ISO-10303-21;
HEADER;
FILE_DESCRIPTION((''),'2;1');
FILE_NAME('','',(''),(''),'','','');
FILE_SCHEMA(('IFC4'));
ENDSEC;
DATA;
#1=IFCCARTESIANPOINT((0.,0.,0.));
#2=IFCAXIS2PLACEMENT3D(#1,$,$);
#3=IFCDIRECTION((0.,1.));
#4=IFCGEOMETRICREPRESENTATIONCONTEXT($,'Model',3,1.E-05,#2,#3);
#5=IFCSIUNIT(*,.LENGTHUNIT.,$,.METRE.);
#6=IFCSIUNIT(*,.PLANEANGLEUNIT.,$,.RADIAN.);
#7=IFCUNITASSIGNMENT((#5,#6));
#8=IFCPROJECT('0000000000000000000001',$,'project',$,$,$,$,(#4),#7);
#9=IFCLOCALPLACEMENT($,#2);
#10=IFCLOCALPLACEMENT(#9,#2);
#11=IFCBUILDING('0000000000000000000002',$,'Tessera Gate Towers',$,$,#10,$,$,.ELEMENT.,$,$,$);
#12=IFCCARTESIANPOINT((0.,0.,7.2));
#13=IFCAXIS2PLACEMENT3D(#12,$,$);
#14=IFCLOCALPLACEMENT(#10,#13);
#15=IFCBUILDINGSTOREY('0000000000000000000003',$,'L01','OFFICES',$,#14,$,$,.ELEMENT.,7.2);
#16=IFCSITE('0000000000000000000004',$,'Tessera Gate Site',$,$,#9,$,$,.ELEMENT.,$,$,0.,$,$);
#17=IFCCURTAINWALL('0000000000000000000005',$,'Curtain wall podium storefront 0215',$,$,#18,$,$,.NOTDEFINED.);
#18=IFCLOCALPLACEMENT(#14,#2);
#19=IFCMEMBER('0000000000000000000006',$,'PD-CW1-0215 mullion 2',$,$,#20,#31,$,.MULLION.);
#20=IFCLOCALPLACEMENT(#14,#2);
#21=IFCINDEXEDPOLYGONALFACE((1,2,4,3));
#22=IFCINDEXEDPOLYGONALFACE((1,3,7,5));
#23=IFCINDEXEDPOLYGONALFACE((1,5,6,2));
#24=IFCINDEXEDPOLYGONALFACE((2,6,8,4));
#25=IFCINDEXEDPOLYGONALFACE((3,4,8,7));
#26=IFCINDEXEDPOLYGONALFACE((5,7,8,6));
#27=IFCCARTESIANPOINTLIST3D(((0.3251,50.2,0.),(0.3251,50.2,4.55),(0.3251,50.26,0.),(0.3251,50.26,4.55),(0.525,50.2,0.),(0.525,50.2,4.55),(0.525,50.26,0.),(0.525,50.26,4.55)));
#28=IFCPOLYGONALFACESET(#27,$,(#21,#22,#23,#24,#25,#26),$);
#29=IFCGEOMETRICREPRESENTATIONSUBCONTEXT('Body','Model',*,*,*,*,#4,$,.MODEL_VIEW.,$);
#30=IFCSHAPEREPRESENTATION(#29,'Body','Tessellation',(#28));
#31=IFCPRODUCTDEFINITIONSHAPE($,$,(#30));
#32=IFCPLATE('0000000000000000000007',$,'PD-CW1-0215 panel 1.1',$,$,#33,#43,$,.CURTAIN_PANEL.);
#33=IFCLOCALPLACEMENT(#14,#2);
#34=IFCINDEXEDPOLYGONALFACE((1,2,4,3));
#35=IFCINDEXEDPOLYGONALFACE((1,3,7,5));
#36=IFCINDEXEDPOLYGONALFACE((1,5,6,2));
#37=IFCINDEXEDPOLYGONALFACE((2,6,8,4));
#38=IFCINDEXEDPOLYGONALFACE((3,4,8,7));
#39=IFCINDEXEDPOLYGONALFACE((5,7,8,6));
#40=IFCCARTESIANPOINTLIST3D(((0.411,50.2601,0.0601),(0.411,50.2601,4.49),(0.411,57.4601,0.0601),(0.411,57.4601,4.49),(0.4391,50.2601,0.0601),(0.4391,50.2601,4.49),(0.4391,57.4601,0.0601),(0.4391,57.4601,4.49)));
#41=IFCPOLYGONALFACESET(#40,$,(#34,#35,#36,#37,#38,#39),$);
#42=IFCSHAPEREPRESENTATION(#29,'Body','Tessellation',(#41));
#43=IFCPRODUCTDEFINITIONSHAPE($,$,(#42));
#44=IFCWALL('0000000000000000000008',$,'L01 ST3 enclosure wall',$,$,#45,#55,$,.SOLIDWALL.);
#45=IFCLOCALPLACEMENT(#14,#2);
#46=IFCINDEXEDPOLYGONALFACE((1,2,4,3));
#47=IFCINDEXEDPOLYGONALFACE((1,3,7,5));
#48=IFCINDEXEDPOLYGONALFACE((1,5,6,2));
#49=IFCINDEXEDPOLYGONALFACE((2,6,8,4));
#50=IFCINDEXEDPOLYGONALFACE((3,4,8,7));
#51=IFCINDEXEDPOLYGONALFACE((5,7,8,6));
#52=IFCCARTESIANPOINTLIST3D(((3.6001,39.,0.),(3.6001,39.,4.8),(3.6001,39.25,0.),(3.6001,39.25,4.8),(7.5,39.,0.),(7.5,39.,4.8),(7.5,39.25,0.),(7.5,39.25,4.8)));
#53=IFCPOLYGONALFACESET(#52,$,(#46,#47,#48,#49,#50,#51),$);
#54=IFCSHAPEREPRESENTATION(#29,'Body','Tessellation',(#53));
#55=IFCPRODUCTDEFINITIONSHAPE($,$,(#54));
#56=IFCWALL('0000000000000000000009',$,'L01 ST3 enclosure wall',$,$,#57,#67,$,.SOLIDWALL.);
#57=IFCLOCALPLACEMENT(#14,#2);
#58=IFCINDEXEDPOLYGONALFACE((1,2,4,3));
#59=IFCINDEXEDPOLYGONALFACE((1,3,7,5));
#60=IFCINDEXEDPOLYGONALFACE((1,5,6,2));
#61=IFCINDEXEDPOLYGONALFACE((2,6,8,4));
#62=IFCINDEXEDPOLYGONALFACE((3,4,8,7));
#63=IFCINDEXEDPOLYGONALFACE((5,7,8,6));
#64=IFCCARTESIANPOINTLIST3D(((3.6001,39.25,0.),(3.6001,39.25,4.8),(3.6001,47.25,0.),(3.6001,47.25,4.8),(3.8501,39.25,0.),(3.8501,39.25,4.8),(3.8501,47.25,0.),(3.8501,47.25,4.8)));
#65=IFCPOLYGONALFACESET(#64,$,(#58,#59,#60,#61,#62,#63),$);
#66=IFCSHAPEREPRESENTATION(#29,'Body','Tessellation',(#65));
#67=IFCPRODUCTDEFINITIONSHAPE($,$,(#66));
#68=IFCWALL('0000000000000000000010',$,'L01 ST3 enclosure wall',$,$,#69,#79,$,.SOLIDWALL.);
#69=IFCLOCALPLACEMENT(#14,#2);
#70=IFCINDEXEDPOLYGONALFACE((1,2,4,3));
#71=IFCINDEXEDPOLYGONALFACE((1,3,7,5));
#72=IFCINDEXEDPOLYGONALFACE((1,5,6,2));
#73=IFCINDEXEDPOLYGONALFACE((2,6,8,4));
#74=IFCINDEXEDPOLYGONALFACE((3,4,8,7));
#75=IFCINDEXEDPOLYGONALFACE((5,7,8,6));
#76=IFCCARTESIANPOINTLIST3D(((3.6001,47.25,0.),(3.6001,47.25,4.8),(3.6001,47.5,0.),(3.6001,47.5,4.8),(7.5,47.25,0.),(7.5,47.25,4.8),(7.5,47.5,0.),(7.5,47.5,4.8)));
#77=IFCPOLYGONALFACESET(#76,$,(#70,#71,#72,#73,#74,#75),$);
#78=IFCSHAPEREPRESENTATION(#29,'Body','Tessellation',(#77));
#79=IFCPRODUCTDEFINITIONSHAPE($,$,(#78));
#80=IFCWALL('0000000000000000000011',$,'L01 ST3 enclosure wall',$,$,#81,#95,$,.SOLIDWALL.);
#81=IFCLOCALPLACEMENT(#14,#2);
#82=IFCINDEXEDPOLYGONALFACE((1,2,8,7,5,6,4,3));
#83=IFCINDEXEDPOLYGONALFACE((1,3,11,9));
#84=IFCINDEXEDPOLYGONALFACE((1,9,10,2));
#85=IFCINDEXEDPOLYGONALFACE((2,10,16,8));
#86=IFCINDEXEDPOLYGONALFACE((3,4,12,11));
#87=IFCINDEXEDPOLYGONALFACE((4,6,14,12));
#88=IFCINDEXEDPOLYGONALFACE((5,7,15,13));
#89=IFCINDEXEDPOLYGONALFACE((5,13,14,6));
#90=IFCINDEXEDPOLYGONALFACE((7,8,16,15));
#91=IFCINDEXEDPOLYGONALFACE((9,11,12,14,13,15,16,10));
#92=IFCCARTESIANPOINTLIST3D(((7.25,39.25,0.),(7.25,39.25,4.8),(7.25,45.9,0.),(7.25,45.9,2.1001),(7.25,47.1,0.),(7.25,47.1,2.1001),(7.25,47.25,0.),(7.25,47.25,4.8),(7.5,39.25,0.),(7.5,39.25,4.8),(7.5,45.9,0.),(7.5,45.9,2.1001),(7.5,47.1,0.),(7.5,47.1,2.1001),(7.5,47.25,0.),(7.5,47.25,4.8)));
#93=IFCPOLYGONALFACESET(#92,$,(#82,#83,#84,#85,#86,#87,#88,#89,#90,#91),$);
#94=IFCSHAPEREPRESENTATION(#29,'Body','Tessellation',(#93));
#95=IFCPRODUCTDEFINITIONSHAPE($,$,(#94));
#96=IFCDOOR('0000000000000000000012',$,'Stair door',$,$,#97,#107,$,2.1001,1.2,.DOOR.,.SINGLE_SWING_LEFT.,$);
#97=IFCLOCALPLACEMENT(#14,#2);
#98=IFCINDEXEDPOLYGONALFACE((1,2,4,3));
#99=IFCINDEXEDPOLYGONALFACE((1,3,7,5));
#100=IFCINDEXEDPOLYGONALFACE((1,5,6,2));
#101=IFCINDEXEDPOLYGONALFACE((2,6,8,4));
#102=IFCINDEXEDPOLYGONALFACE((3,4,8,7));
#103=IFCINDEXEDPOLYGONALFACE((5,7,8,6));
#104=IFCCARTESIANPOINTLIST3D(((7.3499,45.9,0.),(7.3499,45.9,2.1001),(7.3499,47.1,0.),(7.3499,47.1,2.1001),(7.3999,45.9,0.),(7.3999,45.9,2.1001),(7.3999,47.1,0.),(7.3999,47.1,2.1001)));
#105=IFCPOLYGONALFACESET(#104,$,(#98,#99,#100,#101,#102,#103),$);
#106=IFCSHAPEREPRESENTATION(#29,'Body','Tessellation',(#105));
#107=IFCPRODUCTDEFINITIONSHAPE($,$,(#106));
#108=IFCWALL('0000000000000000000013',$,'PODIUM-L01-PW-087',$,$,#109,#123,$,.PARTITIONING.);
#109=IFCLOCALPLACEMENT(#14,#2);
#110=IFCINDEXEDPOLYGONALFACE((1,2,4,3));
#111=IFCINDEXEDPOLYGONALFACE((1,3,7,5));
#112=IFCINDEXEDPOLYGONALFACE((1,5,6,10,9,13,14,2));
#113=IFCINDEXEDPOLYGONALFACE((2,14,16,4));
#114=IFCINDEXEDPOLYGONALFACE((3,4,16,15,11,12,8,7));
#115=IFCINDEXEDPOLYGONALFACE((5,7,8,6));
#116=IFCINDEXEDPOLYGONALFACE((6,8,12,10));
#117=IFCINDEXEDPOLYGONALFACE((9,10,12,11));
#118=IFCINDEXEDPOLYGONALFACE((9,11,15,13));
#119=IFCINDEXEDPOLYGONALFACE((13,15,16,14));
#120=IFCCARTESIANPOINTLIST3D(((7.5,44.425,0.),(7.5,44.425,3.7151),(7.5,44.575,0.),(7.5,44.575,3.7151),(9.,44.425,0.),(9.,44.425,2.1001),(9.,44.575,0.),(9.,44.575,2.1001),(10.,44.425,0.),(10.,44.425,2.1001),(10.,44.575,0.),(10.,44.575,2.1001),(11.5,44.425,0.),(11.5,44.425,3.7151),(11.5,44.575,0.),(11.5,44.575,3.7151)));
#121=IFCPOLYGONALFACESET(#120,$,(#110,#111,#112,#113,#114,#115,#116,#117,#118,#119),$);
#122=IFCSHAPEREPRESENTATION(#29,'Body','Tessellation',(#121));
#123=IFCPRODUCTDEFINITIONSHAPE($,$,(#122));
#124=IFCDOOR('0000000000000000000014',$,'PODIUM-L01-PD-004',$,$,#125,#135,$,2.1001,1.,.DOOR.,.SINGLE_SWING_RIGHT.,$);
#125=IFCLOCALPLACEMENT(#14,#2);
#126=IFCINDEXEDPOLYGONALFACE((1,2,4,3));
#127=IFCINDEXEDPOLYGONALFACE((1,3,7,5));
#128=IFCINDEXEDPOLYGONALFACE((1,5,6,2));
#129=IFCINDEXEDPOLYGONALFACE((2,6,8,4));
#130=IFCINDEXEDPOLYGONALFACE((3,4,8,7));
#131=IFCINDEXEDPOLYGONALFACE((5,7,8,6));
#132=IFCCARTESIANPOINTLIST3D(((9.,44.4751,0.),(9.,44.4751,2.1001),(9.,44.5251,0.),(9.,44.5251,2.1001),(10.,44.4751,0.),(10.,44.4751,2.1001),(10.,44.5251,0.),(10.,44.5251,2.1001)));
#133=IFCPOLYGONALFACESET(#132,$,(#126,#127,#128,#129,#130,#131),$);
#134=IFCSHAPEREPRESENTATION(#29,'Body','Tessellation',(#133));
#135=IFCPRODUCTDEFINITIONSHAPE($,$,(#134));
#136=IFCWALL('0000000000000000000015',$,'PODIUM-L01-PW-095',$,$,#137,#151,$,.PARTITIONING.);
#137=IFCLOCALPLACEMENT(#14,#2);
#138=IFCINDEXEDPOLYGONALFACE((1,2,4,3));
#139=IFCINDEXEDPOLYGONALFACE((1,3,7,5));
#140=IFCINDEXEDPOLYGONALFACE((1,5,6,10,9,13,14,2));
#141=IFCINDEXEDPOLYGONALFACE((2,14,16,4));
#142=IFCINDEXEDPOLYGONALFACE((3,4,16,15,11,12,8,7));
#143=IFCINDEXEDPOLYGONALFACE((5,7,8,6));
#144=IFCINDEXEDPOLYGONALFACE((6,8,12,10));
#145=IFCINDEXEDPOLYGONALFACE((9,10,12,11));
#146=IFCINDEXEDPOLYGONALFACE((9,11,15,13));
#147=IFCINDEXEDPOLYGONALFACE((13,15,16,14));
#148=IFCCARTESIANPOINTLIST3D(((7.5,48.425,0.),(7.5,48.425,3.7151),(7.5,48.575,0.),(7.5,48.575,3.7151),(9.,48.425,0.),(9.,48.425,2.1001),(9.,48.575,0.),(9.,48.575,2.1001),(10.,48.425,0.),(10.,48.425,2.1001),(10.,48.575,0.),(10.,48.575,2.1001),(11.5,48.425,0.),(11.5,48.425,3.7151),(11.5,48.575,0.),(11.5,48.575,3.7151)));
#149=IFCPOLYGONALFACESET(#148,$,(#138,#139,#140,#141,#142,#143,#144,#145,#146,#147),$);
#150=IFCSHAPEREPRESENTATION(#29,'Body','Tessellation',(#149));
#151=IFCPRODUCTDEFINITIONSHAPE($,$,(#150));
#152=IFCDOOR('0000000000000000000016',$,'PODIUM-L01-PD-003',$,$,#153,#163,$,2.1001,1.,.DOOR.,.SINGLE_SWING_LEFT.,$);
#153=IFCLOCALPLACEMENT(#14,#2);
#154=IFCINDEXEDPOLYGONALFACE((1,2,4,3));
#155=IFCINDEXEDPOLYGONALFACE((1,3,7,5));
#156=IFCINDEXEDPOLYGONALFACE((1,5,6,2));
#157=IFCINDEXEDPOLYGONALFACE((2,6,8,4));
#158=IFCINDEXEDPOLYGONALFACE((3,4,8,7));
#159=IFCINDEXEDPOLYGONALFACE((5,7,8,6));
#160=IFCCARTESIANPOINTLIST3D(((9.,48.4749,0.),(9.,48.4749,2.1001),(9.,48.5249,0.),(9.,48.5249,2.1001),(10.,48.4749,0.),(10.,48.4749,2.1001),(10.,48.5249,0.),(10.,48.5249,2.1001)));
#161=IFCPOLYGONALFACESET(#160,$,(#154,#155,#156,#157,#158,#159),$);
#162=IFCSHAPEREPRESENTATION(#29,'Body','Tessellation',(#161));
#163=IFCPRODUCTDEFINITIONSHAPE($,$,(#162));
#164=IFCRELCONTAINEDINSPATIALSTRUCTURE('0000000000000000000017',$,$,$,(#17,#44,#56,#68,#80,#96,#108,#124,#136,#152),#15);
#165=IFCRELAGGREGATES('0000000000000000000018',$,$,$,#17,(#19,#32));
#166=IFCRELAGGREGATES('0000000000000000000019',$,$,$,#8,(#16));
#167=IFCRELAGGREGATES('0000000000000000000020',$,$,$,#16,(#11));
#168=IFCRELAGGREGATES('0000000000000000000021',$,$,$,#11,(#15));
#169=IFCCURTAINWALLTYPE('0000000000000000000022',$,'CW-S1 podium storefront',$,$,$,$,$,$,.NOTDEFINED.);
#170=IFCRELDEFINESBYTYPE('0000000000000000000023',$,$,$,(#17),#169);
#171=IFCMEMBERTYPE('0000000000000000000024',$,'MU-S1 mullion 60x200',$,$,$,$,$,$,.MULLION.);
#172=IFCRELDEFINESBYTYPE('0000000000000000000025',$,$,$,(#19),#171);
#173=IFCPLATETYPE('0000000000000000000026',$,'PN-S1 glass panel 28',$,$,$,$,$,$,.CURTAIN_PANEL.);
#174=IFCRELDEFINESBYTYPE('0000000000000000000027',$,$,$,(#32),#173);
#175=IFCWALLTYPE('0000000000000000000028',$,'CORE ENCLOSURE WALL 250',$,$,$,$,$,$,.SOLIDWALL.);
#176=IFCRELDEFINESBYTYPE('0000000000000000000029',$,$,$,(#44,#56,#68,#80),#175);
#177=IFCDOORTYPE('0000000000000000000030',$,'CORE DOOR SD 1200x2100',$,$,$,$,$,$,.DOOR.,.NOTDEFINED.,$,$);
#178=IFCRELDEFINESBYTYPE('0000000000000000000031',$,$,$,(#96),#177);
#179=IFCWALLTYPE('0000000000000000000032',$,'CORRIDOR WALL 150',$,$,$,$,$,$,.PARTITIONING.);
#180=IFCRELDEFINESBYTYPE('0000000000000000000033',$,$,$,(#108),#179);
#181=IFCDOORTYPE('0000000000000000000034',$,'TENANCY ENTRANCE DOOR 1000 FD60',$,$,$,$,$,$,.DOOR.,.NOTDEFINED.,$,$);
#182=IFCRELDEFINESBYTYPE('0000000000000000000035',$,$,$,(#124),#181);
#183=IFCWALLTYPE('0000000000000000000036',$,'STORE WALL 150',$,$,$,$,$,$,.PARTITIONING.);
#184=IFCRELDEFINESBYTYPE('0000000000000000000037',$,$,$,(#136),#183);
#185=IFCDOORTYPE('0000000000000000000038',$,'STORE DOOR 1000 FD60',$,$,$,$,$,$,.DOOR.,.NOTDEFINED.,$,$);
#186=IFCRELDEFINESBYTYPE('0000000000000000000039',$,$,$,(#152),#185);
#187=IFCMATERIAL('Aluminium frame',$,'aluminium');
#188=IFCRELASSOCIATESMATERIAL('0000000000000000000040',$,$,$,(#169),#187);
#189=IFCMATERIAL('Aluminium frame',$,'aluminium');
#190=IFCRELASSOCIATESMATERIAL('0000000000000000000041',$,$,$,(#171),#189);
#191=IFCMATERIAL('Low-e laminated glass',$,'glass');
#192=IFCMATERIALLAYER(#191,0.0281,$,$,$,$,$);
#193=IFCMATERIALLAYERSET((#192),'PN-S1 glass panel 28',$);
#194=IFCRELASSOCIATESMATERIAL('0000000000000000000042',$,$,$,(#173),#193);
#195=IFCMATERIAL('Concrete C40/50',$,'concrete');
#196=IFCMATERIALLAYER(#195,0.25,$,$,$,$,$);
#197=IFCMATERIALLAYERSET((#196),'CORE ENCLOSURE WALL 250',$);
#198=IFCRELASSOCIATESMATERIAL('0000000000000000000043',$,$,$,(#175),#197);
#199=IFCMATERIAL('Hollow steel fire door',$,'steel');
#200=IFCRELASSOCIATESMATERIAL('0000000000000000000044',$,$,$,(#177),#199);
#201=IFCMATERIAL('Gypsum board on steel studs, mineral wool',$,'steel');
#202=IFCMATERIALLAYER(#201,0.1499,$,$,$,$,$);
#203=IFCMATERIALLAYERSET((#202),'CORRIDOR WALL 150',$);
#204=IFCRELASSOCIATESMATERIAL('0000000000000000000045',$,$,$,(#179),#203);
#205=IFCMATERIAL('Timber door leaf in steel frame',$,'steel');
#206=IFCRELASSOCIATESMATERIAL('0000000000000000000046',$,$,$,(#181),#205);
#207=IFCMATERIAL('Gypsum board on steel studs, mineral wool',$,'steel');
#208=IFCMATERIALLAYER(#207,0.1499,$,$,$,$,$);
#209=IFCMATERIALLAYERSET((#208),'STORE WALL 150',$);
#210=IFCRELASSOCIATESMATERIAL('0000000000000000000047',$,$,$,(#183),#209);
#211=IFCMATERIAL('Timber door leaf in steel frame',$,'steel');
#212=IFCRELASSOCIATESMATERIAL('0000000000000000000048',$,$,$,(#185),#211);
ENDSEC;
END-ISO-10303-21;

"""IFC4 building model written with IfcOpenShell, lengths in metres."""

from ifc_helpers import new_model, si_unit, direction, frame, frame_2d, origin, origin_2d, place, context, subcontext, project, spatial, rectangle, extrude, source, transform, mapped, material, layer, layer_set, material_profile, profile_set, type_object, element, fill, aggregate, save


model = new_model("IFC4")

# Units and contexts
model_context = context("Model", 3, precision=1e-05, world=origin(), true_north=direction((0.0, 1.0)))
body_context = subcontext(model_context, "Body", "Model", "MODEL_VIEW")
ifc_project = project(units=[si_unit("LENGTHUNIT", "METRE"), si_unit("PLANEANGLEUNIT", "RADIAN")], contexts=[model_context])

# Site, building, storey
site_placement = place(None, origin())
site = spatial("IfcSite", under=ifc_project, at=site_placement, Name="Tessera Gate Site", CompositionType="ELEMENT", RefElevation=0.0)
building_placement = place(site_placement, origin())
building = spatial("IfcBuilding", under=site, at=building_placement, Name="Tessera Gate Towers", CompositionType="ELEMENT")
storey_placement = place(building_placement, frame((0.0, 0.0, 7.2)))
storey = spatial("IfcBuildingStorey", under=building, at=storey_placement, Name="L01", Description="OFFICES", CompositionType="ELEMENT", Elevation=7.2)

# Curtain wall, member, plate
ifc_material_1 = material(Name="Aluminium frame", Category="aluminium")
curtain_wall_type = type_object("IfcCurtainWallType", Name="CW-S1 podium storefront", PredefinedType="NOTDEFINED", material=ifc_material_1)
curtain_wall_placement = place(storey_placement, origin())
curtain_wall = element("IfcCurtainWall", 1, at=curtain_wall_placement, inside=storey, type_object=curtain_wall_type, Name="Curtain wall podium storefront 0215", PredefinedType="NOTDEFINED")
ifc_material_2 = material(Name="Aluminium frame", Category="aluminium")
ifc_material_profile_1 = material_profile(ifc_material_2, rectangle(XDim=0.0601, YDim=0.2, at=origin_2d()), Name="AL 60x200")
ifc_profile_set_1 = profile_set([ifc_material_profile_1], Name="Aluminium frame")
member_type = type_object("IfcMemberType", Name="MU-S1 mullion 60x200", PredefinedType="MULLION", material=ifc_profile_set_1)
member_placement = place(storey_placement, frame((0.425, 50.23, 0.0), z_axis=(0.0, 0.0, 1.0), x_axis=(0.0, -1.0, 0.0)))
member = element("IfcMember", 2, at=member_placement, type_object=member_type, Name="PD-CW1-0215 mullion 2", PredefinedType="MULLION", context=body_context, shape_type="SweptSolid", body=[
    extrude(rectangle(XDim=0.0601, YDim=0.2, at=origin_2d()), origin(), (0.0, 0.0, 1.0), 4.55),
])
ifc_material_3 = material(Name="Low-e laminated glass", Category="glass")
ifc_layer_1 = layer(ifc_material_3, 0.0281)
ifc_layer_set_1 = layer_set([ifc_layer_1], Name="PN-S1 glass panel 28")
plate_type = type_object("IfcPlateType", Name="PN-S1 glass panel 28", PredefinedType="CURTAIN_PANEL", material=ifc_layer_set_1)
plate_placement = place(storey_placement, frame((0.425, 53.8601, 0.0601), z_axis=(0.0, 0.0, 1.0), x_axis=(0.0, -1.0, 0.0)))
plate = element("IfcPlate", 3, at=plate_placement, type_object=plate_type, Name="PD-CW1-0215 panel 1.1", PredefinedType="CURTAIN_PANEL", context=body_context, shape_type="SweptSolid", body=[
    extrude(rectangle(XDim=7.2, YDim=0.0281, at=origin_2d()), origin(), (0.0, 0.0, 1.0), 4.4299),
])
aggregate(curtain_wall, [member, plate])

# Walls
ifc_material_4 = material(Name="Concrete C40/50", Category="concrete")
ifc_layer_2 = layer(ifc_material_4, 0.25)
ifc_layer_set_2 = layer_set([ifc_layer_2], Name="CORE ENCLOSURE WALL 250")
wall_type_1 = type_object("IfcWallType", Name="CORE ENCLOSURE WALL 250", PredefinedType="SOLIDWALL", material=ifc_layer_set_2)
wall_1_placement = place(storey_placement, frame((7.5, 39.125, 0.0), z_axis=(0.0, 0.0, 1.0), x_axis=(-1.0, 0.0, 0.0)))
element("IfcWall", 4, at=wall_1_placement, inside=storey, type_object=wall_type_1, Name="L01 ST3 enclosure wall", PredefinedType="SOLIDWALL", context=body_context, shape_type="SweptSolid", body=[
    extrude(rectangle(XDim=3.8999, YDim=0.25, at=frame_2d((1.95, 0.0))), origin(), (0.0, 0.0, 1.0), 4.8),
])
wall_2_placement = place(storey_placement, frame((3.7251, 39.25, 0.0), z_axis=(0.0, 0.0, 1.0), x_axis=(0.0, 1.0, 0.0)))
element("IfcWall", 5, at=wall_2_placement, inside=storey, type_object=wall_type_1, Name="L01 ST3 enclosure wall", PredefinedType="SOLIDWALL", context=body_context, shape_type="SweptSolid", body=[
    extrude(rectangle(XDim=8.0, YDim=0.25, at=frame_2d((4.0, 0.0))), origin(), (0.0, 0.0, 1.0), 4.8),
])
wall_3_placement = place(storey_placement, frame((3.6001, 47.375, 0.0), z_axis=(0.0, 0.0, 1.0), x_axis=(1.0, 0.0, 0.0)))
element("IfcWall", 6, at=wall_3_placement, inside=storey, type_object=wall_type_1, Name="L01 ST3 enclosure wall", PredefinedType="SOLIDWALL", context=body_context, shape_type="SweptSolid", body=[
    extrude(rectangle(XDim=3.8999, YDim=0.25, at=frame_2d((1.95, 0.0))), origin(), (0.0, 0.0, 1.0), 4.8),
])

# Walls, openings, doors
wall_4_placement = place(storey_placement, frame((7.375, 47.25, 0.0), z_axis=(0.0, 0.0, 1.0), x_axis=(0.0, -1.0, 0.0)))
wall_4 = element("IfcWall", 7, at=wall_4_placement, inside=storey, type_object=wall_type_1, Name="L01 ST3 enclosure wall", PredefinedType="SOLIDWALL", context=body_context, shape_type="SweptSolid", body=[
    extrude(rectangle(XDim=8.0, YDim=0.25, at=frame_2d((4.0, 0.0))), origin(), (0.0, 0.0, 1.0), 4.8),
])
shared_shape_1 = source(origin(), body_context, "Body", "SweptSolid", [
    extrude(rectangle(XDim=1.2, YDim=2.1001, at=frame_2d((0.6001, 1.05))), frame((0.0, 0.135, 0.0), z_axis=(0.0, -1.0, 0.0), x_axis=(1.0, 0.0, 0.0)), (0.0, 0.0, 1.0), 0.27),
])
opening_1_placement = place(wall_4_placement, frame((0.1499, 0.0, 0.0)))
opening_1 = element("IfcOpeningElement", 8, at=opening_1_placement, cuts=wall_4, PredefinedType="OPENING", context=body_context, shape_type="MappedRepresentation", body=[
    mapped(shared_shape_1, transform((0.0, 0.0, 0.0), scale=1.0)),
])
ifc_material_5 = material(Name="Hollow steel fire door", Category="steel")
door_type_1 = type_object("IfcDoorType", Name="CORE DOOR SD 1200x2100", OperationType="NOTDEFINED", PredefinedType="DOOR", material=ifc_material_5)
shared_shape_2 = source(origin(), body_context, "Body", "SweptSolid", [
    extrude(rectangle(XDim=1.2, YDim=2.1001, at=frame_2d((0.6001, 1.05))), frame((0.0, 0.0249, 0.0), z_axis=(0.0, -1.0, 0.0), x_axis=(1.0, 0.0, 0.0)), (0.0, 0.0, 1.0), 0.05),
])
door_1_placement = place(opening_1_placement, origin())
door_1 = element("IfcDoor", 9, at=door_1_placement, inside=storey, type_object=door_type_1, Name="Stair door", OperationType="SINGLE_SWING_LEFT", OverallHeight=2.1001, OverallWidth=1.2, PredefinedType="DOOR", context=body_context, shape_type="MappedRepresentation", body=[
    mapped(shared_shape_2, transform((0.0, 0.0, 0.0), scale=1.0)),
])
fill(opening_1, door_1)
ifc_material_6 = material(Name="Gypsum board on steel studs, mineral wool", Category="steel")
ifc_layer_3 = layer(ifc_material_6, 0.1499)
ifc_layer_set_3 = layer_set([ifc_layer_3], Name="CORRIDOR WALL 150")
wall_type_2 = type_object("IfcWallType", Name="CORRIDOR WALL 150", PredefinedType="PARTITIONING", material=ifc_layer_set_3)
wall_5_placement = place(storey_placement, frame((11.5, 44.5, 0.0), z_axis=(0.0, 0.0, 1.0), x_axis=(-1.0, 0.0, 0.0)))
wall_5 = element("IfcWall", 10, at=wall_5_placement, inside=storey, type_object=wall_type_2, Name="PODIUM-L01-PW-087", PredefinedType="PARTITIONING", context=body_context, shape_type="SweptSolid", body=[
    extrude(rectangle(XDim=4.0, YDim=0.1499, at=frame_2d((2.0, 0.0))), origin(), (0.0, 0.0, 1.0), 3.7151),
])
shared_shape_3 = source(origin(), body_context, "Body", "SweptSolid", [
    extrude(rectangle(XDim=1.0, YDim=2.1001, at=frame_2d((0.5, 1.05))), frame((0.0, 0.085, 0.0), z_axis=(0.0, -1.0, 0.0), x_axis=(1.0, 0.0, 0.0)), (0.0, 0.0, 1.0), 0.1699),
])
opening_2_placement = place(wall_5_placement, frame((1.5, 0.0, 0.0)))
opening_2 = element("IfcOpeningElement", 11, at=opening_2_placement, cuts=wall_5, PredefinedType="OPENING", context=body_context, shape_type="MappedRepresentation", body=[
    mapped(shared_shape_3, transform((0.0, 0.0, 0.0), scale=1.0)),
])
ifc_material_7 = material(Name="Timber door leaf in steel frame", Category="steel")
door_type_2 = type_object("IfcDoorType", Name="TENANCY ENTRANCE DOOR 1000 FD60", OperationType="NOTDEFINED", PredefinedType="DOOR", material=ifc_material_7)
shared_shape_4 = source(origin(), body_context, "Body", "SweptSolid", [
    extrude(rectangle(XDim=1.0, YDim=2.1001, at=frame_2d((0.5, 1.05))), frame((0.0, 0.0249, 0.0), z_axis=(0.0, -1.0, 0.0), x_axis=(1.0, 0.0, 0.0)), (0.0, 0.0, 1.0), 0.05),
])
door_2_placement = place(opening_2_placement, origin())
door_2 = element("IfcDoor", 12, at=door_2_placement, inside=storey, type_object=door_type_2, Name="PODIUM-L01-PD-004", OperationType="SINGLE_SWING_RIGHT", OverallHeight=2.1001, OverallWidth=1.0, PredefinedType="DOOR", context=body_context, shape_type="MappedRepresentation", body=[
    mapped(shared_shape_4, transform((0.0, 0.0, 0.0), scale=1.0)),
])
fill(opening_2, door_2)
ifc_material_8 = material(Name="Gypsum board on steel studs, mineral wool", Category="steel")
ifc_layer_4 = layer(ifc_material_8, 0.1499)
ifc_layer_set_4 = layer_set([ifc_layer_4], Name="STORE WALL 150")
wall_type_3 = type_object("IfcWallType", Name="STORE WALL 150", PredefinedType="PARTITIONING", material=ifc_layer_set_4)
wall_6_placement = place(storey_placement, frame((7.5, 48.5, 0.0), z_axis=(0.0, 0.0, 1.0), x_axis=(1.0, 0.0, 0.0)))
wall_6 = element("IfcWall", 13, at=wall_6_placement, inside=storey, type_object=wall_type_3, Name="PODIUM-L01-PW-095", PredefinedType="PARTITIONING", context=body_context, shape_type="SweptSolid", body=[
    extrude(rectangle(XDim=4.0, YDim=0.1499, at=frame_2d((2.0, 0.0))), origin(), (0.0, 0.0, 1.0), 3.7151),
])
opening_3_placement = place(wall_6_placement, frame((1.5, 0.0, 0.0)))
opening_3 = element("IfcOpeningElement", 14, at=opening_3_placement, cuts=wall_6, PredefinedType="OPENING", context=body_context, shape_type="MappedRepresentation", body=[
    mapped(shared_shape_3, transform((0.0, 0.0, 0.0), scale=1.0)),
])
ifc_material_9 = material(Name="Timber door leaf in steel frame", Category="steel")
door_type_3 = type_object("IfcDoorType", Name="STORE DOOR 1000 FD60", OperationType="NOTDEFINED", PredefinedType="DOOR", material=ifc_material_9)
door_3_placement = place(opening_3_placement, origin())
door_3 = element("IfcDoor", 15, at=door_3_placement, inside=storey, type_object=door_type_3, Name="PODIUM-L01-PD-003", OperationType="SINGLE_SWING_LEFT", OverallHeight=2.1001, OverallWidth=1.0, PredefinedType="DOOR", context=body_context, shape_type="MappedRepresentation", body=[
    mapped(shared_shape_4, transform((0.0, 0.0, 0.0), scale=1.0)),
])
fill(opening_3, door_3)

save(model, "model.ifc")
